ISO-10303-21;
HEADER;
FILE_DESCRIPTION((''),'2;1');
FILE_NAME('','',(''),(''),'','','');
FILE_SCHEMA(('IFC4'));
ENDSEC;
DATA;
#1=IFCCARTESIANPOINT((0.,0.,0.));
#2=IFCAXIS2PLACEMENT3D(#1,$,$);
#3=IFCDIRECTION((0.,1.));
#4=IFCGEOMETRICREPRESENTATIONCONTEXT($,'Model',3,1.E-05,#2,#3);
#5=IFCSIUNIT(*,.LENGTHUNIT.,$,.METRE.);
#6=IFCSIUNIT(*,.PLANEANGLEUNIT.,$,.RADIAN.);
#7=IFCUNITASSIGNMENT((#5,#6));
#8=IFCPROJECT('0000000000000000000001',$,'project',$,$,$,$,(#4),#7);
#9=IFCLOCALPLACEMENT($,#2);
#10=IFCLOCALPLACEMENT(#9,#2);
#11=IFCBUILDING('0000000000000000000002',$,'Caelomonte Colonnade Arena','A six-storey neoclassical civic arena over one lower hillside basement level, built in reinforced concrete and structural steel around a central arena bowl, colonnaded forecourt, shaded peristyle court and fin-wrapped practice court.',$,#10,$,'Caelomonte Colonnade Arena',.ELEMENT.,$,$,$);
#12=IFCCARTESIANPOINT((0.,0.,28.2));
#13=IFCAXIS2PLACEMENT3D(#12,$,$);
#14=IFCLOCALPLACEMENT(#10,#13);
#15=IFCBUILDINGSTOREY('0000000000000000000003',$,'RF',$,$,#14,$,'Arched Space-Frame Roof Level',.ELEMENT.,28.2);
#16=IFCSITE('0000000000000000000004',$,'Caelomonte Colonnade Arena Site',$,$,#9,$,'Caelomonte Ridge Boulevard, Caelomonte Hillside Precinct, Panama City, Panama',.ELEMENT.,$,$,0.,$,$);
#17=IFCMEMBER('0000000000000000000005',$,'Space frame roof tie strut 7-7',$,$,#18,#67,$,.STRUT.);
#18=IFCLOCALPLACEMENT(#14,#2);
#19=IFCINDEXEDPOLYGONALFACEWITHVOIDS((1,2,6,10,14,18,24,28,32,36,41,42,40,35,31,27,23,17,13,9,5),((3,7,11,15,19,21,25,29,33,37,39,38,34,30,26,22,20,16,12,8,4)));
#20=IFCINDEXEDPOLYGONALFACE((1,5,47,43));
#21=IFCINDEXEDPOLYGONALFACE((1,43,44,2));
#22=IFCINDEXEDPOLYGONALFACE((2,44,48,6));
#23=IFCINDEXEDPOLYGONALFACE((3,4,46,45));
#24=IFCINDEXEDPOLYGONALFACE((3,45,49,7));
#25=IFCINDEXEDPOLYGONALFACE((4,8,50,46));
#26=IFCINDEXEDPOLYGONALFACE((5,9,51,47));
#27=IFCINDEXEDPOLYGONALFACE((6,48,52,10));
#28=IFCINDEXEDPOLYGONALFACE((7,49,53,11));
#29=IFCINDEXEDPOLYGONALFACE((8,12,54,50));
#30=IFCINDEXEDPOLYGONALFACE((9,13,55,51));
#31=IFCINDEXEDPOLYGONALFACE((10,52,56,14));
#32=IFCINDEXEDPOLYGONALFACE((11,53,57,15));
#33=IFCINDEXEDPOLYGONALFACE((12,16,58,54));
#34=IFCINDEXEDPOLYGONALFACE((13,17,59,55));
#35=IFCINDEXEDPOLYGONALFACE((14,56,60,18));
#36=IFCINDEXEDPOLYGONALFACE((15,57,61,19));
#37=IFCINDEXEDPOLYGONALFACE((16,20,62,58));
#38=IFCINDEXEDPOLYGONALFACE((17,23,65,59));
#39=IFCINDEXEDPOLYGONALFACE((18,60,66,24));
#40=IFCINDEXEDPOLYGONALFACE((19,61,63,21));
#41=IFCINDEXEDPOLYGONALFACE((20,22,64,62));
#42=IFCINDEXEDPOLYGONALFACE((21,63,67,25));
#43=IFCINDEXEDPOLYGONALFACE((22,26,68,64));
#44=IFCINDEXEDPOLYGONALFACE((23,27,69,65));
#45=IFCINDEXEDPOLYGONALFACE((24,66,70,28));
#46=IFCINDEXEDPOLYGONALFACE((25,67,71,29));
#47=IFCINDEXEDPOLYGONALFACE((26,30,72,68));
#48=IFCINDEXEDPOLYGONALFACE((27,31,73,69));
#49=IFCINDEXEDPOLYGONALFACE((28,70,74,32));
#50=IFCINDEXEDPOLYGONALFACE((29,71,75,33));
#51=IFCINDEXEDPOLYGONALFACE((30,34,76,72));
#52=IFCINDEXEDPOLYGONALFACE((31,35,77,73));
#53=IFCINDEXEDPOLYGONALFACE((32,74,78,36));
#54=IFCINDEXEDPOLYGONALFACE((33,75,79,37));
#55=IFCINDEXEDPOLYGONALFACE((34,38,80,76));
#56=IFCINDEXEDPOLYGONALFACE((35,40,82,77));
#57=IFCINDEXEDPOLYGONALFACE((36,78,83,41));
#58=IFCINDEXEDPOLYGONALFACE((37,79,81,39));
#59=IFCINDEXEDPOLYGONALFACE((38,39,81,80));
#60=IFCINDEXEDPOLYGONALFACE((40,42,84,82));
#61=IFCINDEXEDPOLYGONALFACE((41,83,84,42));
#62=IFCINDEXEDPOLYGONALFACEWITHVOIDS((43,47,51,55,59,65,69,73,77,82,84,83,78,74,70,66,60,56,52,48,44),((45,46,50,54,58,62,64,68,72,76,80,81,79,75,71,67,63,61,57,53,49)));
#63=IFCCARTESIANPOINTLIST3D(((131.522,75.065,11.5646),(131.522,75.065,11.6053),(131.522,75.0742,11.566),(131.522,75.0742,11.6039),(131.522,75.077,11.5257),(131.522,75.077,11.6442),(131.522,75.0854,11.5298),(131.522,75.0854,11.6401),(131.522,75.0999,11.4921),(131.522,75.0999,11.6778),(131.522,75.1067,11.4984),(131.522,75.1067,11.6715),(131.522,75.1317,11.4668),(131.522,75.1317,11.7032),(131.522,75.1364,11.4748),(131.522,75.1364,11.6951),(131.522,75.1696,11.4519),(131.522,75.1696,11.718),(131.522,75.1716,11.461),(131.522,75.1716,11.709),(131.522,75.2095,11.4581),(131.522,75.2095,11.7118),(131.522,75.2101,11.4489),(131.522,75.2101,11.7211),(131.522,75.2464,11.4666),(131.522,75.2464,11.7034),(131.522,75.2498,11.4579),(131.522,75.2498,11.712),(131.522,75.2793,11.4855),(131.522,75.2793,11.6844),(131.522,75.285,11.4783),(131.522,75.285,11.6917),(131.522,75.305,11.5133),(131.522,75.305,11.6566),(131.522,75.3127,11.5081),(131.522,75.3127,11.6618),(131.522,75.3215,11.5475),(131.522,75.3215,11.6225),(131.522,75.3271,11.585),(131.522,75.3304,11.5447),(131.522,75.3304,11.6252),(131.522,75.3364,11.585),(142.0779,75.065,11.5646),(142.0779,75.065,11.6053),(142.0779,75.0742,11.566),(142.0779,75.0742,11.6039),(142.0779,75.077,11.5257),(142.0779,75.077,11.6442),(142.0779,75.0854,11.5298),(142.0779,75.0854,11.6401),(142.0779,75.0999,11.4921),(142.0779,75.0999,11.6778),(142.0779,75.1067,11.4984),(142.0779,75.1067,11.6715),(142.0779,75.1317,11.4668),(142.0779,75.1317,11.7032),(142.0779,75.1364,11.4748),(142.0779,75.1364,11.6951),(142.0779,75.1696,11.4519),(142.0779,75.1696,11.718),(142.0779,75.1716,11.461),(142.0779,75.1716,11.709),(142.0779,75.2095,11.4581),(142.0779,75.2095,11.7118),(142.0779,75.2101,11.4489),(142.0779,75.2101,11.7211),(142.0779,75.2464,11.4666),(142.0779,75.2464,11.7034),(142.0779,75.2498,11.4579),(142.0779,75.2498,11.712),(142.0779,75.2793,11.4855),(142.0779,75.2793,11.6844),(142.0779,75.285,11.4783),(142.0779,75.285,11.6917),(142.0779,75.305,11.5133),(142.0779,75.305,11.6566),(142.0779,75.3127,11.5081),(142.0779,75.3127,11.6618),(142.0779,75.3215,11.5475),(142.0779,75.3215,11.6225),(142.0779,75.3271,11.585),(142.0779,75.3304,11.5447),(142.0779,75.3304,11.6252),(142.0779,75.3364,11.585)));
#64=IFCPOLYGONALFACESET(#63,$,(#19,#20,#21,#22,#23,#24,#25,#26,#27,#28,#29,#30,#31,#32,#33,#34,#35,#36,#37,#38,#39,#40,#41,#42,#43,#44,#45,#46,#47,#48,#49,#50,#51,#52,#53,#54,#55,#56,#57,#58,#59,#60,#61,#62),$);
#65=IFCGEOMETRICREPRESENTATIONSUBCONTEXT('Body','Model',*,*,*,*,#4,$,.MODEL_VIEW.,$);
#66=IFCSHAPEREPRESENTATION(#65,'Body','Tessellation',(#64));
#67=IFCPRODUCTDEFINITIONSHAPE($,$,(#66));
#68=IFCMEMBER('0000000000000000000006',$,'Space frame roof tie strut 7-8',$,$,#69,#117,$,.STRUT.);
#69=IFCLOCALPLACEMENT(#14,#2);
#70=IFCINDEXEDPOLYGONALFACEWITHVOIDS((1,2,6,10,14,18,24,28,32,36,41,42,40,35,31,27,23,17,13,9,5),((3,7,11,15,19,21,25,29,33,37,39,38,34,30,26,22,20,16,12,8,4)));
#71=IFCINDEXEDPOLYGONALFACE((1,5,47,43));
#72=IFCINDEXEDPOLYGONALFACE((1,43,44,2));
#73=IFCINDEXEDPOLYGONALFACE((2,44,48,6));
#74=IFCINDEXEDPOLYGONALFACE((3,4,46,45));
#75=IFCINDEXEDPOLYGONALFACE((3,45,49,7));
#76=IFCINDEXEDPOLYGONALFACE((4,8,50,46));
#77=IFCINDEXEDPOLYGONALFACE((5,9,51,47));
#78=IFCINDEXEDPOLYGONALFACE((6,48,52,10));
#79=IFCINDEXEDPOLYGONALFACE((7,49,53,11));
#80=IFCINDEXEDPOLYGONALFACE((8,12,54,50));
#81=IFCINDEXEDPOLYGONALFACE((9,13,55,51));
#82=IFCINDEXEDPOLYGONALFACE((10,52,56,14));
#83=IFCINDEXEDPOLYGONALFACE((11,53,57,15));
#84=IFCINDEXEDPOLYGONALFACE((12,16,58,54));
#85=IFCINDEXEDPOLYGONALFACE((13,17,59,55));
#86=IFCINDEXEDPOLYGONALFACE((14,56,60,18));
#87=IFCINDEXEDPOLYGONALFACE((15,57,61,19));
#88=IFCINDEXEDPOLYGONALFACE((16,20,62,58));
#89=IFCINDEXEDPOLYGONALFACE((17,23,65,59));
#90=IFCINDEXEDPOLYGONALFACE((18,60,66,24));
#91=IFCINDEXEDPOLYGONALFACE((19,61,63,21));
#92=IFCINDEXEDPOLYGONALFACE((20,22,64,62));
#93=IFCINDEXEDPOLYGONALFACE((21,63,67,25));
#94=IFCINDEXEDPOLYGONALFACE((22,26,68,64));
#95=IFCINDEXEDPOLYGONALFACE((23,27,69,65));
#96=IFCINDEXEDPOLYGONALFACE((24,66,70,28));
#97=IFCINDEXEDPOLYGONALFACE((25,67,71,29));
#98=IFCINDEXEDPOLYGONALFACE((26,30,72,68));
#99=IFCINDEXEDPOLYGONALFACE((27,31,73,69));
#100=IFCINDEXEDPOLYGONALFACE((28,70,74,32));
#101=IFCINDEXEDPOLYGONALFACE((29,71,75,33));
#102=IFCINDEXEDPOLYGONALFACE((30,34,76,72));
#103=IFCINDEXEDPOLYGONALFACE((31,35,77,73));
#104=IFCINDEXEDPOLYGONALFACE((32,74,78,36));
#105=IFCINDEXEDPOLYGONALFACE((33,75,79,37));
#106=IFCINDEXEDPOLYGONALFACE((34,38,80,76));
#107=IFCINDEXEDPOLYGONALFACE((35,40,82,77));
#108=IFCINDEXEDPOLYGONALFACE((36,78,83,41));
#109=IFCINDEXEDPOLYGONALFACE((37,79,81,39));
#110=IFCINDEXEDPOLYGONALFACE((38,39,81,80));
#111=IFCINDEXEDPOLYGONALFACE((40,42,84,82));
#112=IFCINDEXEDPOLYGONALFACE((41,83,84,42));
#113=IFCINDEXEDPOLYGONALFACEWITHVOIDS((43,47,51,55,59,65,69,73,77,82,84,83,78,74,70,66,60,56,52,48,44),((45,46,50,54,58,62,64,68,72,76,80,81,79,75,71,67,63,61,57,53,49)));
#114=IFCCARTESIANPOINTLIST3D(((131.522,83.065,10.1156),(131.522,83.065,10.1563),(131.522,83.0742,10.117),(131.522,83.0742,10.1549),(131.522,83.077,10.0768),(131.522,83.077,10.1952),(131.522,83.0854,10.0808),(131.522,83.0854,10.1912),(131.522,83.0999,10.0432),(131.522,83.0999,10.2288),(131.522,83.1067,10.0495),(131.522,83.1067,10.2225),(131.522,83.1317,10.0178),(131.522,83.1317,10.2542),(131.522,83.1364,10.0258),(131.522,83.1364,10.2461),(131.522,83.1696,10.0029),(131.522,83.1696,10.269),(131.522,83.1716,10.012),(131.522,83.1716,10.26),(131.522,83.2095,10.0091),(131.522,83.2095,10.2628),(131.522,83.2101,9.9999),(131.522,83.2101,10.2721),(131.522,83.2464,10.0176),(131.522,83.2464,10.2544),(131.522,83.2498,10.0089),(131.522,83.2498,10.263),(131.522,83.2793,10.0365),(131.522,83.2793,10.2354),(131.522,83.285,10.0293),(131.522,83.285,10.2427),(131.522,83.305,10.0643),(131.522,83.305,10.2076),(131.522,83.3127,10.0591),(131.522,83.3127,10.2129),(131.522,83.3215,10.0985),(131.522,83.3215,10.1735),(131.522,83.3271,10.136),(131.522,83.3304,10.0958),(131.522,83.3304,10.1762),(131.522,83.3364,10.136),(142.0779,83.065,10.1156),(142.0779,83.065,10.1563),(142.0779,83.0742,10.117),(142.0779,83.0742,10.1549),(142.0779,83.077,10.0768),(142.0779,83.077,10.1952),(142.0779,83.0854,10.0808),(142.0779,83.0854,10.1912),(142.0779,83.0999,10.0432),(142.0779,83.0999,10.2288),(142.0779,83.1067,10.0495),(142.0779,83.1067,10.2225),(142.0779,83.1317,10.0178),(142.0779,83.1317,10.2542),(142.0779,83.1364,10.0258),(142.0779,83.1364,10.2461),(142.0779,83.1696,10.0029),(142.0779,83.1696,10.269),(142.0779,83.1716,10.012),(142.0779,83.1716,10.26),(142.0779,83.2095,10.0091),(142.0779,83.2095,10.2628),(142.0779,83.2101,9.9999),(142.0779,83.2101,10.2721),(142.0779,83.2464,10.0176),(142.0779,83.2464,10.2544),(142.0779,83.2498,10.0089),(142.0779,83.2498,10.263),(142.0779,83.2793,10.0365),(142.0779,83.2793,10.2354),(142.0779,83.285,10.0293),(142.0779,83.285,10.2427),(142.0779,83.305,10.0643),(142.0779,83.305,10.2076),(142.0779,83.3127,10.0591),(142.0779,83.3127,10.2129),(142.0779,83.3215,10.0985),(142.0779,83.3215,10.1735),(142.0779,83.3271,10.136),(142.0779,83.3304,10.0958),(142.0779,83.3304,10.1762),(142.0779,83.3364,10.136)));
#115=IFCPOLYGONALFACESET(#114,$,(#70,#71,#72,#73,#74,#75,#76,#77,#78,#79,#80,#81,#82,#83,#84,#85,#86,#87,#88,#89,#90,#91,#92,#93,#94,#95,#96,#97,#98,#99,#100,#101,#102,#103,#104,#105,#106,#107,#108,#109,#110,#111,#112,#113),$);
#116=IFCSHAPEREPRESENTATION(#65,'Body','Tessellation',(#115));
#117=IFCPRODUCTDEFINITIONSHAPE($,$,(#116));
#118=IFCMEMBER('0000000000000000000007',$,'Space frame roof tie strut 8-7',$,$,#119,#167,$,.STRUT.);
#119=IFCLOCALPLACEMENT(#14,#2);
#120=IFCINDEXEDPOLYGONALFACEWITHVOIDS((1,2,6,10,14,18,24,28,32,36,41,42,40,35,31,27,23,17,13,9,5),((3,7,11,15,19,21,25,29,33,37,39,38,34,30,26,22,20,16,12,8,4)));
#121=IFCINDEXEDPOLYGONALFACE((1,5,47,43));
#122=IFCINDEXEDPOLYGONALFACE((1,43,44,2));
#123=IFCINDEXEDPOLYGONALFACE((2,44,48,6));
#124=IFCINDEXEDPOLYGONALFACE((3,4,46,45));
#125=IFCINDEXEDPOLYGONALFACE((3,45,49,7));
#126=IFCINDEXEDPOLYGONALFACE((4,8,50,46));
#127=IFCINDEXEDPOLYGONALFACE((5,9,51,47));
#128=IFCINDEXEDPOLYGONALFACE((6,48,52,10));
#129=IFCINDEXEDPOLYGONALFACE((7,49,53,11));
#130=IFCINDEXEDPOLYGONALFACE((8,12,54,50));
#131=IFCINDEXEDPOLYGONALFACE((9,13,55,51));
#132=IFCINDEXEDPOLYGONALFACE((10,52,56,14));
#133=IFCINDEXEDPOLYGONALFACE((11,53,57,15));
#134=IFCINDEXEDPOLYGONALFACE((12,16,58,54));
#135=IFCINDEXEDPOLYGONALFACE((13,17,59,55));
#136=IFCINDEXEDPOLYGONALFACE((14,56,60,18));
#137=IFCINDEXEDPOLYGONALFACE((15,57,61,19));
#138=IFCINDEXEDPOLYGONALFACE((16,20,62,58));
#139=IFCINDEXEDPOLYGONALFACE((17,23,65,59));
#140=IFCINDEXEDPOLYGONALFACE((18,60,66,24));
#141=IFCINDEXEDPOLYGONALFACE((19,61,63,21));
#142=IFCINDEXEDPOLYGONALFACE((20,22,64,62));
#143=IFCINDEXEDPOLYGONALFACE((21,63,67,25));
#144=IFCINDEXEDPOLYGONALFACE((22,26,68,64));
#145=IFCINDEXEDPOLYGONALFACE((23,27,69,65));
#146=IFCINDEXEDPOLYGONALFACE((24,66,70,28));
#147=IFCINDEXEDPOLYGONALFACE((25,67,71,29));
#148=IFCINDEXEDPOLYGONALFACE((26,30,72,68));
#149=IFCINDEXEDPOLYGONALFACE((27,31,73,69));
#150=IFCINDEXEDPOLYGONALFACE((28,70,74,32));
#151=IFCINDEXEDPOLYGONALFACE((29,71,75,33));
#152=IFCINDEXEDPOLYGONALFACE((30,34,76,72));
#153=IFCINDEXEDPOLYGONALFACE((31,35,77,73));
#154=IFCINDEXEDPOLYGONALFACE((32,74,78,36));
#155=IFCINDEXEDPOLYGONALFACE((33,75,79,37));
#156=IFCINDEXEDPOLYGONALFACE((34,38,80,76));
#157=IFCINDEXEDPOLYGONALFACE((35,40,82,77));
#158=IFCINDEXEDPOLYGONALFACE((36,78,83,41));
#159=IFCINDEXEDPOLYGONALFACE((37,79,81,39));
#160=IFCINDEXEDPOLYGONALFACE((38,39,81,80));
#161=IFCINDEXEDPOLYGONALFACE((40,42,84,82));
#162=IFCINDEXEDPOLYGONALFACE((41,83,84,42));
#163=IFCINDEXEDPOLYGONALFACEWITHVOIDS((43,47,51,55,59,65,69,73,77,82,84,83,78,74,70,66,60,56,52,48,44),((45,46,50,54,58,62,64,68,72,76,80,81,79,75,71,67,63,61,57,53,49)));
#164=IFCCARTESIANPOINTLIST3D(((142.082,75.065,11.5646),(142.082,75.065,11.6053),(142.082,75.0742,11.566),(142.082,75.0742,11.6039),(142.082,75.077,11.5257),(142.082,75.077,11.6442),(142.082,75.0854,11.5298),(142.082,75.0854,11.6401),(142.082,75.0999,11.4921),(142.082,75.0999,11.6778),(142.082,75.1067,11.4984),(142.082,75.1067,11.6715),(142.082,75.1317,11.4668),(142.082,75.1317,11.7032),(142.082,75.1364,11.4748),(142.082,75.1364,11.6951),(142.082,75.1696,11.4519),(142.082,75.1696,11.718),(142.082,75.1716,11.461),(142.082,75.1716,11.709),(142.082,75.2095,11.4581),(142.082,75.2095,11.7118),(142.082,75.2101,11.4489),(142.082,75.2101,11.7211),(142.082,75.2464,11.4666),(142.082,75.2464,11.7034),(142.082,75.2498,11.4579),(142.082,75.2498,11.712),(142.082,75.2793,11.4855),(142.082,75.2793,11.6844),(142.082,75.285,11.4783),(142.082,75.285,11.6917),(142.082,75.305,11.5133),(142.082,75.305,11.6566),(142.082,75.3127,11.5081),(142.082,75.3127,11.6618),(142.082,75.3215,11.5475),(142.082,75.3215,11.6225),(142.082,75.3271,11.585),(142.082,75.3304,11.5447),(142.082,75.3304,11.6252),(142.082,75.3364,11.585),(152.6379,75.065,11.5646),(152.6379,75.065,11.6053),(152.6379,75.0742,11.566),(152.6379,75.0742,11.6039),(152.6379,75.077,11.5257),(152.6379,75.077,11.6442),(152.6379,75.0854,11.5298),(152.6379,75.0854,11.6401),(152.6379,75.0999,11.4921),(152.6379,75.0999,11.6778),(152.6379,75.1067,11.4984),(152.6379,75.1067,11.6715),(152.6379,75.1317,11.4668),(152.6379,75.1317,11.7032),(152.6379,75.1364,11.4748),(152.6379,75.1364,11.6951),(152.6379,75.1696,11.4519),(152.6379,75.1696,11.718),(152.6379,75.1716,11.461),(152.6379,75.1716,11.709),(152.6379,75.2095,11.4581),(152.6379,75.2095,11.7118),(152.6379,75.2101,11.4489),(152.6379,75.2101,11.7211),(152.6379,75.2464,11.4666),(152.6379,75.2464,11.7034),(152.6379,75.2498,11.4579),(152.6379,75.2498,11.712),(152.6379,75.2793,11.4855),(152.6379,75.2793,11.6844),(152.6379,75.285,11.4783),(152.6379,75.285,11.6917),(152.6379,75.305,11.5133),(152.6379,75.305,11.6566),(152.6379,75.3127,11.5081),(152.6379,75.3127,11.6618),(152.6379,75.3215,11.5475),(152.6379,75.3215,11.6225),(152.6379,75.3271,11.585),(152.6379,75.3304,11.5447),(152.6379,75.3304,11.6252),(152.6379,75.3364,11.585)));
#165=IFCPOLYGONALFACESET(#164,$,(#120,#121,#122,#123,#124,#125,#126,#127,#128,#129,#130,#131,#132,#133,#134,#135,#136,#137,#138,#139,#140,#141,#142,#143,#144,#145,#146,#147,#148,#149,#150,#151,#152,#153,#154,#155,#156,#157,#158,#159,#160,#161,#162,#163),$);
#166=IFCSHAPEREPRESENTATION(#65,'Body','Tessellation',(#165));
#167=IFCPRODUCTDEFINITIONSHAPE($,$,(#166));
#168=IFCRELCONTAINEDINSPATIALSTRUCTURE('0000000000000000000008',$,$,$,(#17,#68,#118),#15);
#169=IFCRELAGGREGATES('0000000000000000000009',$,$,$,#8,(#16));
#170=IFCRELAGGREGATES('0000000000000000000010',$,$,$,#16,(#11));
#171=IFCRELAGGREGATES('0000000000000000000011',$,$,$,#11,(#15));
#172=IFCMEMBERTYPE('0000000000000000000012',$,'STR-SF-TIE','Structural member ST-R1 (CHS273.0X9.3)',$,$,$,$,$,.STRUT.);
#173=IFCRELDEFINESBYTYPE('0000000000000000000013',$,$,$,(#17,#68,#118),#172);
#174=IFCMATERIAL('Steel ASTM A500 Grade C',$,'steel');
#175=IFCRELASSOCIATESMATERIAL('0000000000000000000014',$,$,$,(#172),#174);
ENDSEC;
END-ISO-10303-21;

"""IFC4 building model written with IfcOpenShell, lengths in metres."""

from ifc_helpers import new_model, si_unit, direction, frame, origin, origin_2d, place, context, subcontext, project, spatial, hollow_circle, extrude, material, material_profile, profile_set, type_object, element, save


model = new_model("IFC4")

# Units and contexts
model_context = context("Model", 3, precision=1e-05, world=origin(), true_north=direction((0.0, 1.0)))
body_context = subcontext(model_context, "Body", "Model", "MODEL_VIEW")
ifc_project = project(units=[si_unit("LENGTHUNIT", "METRE"), si_unit("PLANEANGLEUNIT", "RADIAN")], contexts=[model_context])

# Site, building, storey
site_placement = place(None, origin())
site = spatial("IfcSite", under=ifc_project, at=site_placement, Name="Caelomonte Colonnade Arena Site", LongName="Caelomonte Ridge Boulevard, Caelomonte Hillside Precinct, Panama City, Panama", CompositionType="ELEMENT", RefElevation=0.0)
building_placement = place(site_placement, origin())
building = spatial("IfcBuilding", under=site, at=building_placement, Name="Caelomonte Colonnade Arena", Description="A six-storey neoclassical civic arena over one lower hillside basement level, built in reinforced concrete and structural steel around a central arena bowl, colonnaded forecourt, shaded peristyle court and fin-wrapped practice court.", LongName="Caelomonte Colonnade Arena", CompositionType="ELEMENT")
storey_placement = place(building_placement, frame((0.0, 0.0, 28.2)))
storey = spatial("IfcBuildingStorey", under=building, at=storey_placement, Name="RF", LongName="Arched Space-Frame Roof Level", CompositionType="ELEMENT", Elevation=28.2)

# Members
ifc_material_1 = material(Name="Steel ASTM A500 Grade C", Category="steel")
ifc_material_profile_1 = material_profile(ifc_material_1, hollow_circle(Radius=0.1365, WallThickness=0.0093, at=origin_2d()), Name="CHS273.0X9.3")
ifc_profile_set_1 = profile_set([ifc_material_profile_1], Name="Steel ASTM A500 Grade C")
member_type_1 = type_object("IfcMemberType", Name="STR-SF-TIE", Description="Structural member ST-R1 (CHS273.0X9.3)", PredefinedType="STRUT", material=ifc_profile_set_1)
for number, where, z_axis, x_axis, name in (
    (1, (131.522, 75.2, 11.585), (1.0, 0.0, 0.0), (0.0, 1.0, 0.0), "Space frame roof tie strut 7-7"),
    (2, (131.522, 83.2, 10.136), (1.0, 0.0, 0.0), (0.0, 1.0, 0.0), "Space frame roof tie strut 7-8"),
    (3, (142.082, 75.2, 11.585), (1.0, 0.0, 0.0), (0.0, 1.0, 0.0), "Space frame roof tie strut 8-7"),
):
    element("IfcMember", number, at=place(storey_placement, frame(where, z_axis=z_axis, x_axis=x_axis)), inside=storey, type_object=member_type_1, Name=name, PredefinedType="STRUT", context=body_context, shape_type="SweptSolid", body=[
        extrude(hollow_circle(Radius=0.1365, WallThickness=0.0093, at=origin_2d()), origin(), (0.0, 0.0, 1.0), 10.5559),
    ])

save(model, "model.ifc")
